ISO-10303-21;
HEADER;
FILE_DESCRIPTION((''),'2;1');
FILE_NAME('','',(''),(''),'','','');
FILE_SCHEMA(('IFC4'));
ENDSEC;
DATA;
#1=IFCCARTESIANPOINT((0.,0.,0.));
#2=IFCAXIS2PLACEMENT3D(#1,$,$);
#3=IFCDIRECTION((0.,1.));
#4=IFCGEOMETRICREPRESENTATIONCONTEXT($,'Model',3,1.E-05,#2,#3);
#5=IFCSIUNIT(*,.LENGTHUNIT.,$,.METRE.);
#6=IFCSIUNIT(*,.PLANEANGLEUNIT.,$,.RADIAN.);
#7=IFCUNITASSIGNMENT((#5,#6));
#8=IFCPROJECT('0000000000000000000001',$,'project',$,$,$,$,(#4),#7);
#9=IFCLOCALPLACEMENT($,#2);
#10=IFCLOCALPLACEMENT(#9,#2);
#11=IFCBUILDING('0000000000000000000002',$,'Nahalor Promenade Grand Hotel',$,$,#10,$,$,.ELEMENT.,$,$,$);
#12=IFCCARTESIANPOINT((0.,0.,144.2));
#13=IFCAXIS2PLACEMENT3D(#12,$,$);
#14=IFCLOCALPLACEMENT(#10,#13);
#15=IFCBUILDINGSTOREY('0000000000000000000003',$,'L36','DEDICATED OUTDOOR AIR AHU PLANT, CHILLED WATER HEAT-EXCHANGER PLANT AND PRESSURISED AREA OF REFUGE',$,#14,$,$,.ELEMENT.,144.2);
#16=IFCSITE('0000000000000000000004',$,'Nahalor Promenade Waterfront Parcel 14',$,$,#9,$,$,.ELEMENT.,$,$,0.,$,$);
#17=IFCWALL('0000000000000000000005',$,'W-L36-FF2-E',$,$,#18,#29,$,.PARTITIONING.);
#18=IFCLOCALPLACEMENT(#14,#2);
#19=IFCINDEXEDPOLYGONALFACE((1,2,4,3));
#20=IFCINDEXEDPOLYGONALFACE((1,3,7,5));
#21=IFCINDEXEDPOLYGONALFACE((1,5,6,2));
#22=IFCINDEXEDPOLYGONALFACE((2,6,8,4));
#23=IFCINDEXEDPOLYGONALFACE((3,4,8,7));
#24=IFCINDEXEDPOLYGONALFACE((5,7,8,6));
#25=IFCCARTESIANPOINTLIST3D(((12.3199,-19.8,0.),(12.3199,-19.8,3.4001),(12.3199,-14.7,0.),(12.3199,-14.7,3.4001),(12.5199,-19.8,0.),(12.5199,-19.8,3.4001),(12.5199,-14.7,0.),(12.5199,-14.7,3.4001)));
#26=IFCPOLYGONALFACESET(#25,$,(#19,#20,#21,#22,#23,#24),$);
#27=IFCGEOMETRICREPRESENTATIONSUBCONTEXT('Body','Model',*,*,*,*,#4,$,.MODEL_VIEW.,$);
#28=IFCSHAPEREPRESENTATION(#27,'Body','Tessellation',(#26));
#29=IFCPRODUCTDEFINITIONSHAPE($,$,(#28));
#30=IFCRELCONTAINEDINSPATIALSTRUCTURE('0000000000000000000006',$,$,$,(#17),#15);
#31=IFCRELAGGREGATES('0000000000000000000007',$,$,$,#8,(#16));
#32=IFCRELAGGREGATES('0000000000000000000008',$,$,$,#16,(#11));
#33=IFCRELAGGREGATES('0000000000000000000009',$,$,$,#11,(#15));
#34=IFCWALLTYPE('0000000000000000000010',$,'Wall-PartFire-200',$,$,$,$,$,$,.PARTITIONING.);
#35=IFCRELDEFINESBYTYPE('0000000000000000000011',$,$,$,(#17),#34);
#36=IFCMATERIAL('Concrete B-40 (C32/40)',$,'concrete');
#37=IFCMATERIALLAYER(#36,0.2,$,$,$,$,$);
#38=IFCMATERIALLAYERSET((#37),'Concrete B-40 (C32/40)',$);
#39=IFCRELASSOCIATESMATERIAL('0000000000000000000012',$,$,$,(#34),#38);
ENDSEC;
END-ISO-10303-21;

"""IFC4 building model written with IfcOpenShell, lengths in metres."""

from ifc_helpers import new_model, si_unit, direction, frame, frame_2d, origin, place, context, subcontext, project, spatial, rectangle, extrude, source, transform, mapped, material, layer, layer_set, type_object, element, save


model = new_model("IFC4")

# Units and contexts
model_context = context("Model", 3, precision=1e-05, world=origin(), true_north=direction((0.0, 1.0)))
body_context = subcontext(model_context, "Body", "Model", "MODEL_VIEW")
ifc_project = project(units=[si_unit("LENGTHUNIT", "METRE"), si_unit("PLANEANGLEUNIT", "RADIAN")], contexts=[model_context])

# Site, building, storey
site_placement = place(None, origin())
site = spatial("IfcSite", under=ifc_project, at=site_placement, Name="Nahalor Promenade Waterfront Parcel 14", CompositionType="ELEMENT", RefElevation=0.0)
building_placement = place(site_placement, origin())
building = spatial("IfcBuilding", under=site, at=building_placement, Name="Nahalor Promenade Grand Hotel", CompositionType="ELEMENT")
storey_placement = place(building_placement, frame((0.0, 0.0, 144.2)))
storey = spatial("IfcBuildingStorey", under=building, at=storey_placement, Name="L36", Description="DEDICATED OUTDOOR AIR AHU PLANT, CHILLED WATER HEAT-EXCHANGER PLANT AND PRESSURISED AREA OF REFUGE", CompositionType="ELEMENT", Elevation=144.2)

# Wall
ifc_material_1 = material(Name="Concrete B-40 (C32/40)", Category="concrete")
ifc_layer_1 = layer(ifc_material_1, 0.2)
ifc_layer_set_1 = layer_set([ifc_layer_1], Name="Concrete B-40 (C32/40)")
wall_type_1 = type_object("IfcWallType", Name="Wall-PartFire-200", PredefinedType="PARTITIONING", material=ifc_layer_set_1)
shared_shape_1 = source(origin(), body_context, "Body", "SweptSolid", [
    extrude(rectangle(XDim=5.1001, YDim=0.2, at=frame_2d((2.55, 0.0))), origin(), (0.0, 0.0, 1.0), 3.4001),
])
wall_1_placement = place(storey_placement, frame((12.4199, -19.8, 0.0), z_axis=(0.0, 0.0, 1.0), x_axis=(0.0, 1.0, 0.0)))
element("IfcWall", 1, at=wall_1_placement, inside=storey, type_object=wall_type_1, Name="W-L36-FF2-E", PredefinedType="PARTITIONING", context=body_context, shape_type="MappedRepresentation", body=[
    mapped(shared_shape_1, transform((0.0, 0.0, 0.0), scale=1.0)),
])

save(model, "model.ifc")
